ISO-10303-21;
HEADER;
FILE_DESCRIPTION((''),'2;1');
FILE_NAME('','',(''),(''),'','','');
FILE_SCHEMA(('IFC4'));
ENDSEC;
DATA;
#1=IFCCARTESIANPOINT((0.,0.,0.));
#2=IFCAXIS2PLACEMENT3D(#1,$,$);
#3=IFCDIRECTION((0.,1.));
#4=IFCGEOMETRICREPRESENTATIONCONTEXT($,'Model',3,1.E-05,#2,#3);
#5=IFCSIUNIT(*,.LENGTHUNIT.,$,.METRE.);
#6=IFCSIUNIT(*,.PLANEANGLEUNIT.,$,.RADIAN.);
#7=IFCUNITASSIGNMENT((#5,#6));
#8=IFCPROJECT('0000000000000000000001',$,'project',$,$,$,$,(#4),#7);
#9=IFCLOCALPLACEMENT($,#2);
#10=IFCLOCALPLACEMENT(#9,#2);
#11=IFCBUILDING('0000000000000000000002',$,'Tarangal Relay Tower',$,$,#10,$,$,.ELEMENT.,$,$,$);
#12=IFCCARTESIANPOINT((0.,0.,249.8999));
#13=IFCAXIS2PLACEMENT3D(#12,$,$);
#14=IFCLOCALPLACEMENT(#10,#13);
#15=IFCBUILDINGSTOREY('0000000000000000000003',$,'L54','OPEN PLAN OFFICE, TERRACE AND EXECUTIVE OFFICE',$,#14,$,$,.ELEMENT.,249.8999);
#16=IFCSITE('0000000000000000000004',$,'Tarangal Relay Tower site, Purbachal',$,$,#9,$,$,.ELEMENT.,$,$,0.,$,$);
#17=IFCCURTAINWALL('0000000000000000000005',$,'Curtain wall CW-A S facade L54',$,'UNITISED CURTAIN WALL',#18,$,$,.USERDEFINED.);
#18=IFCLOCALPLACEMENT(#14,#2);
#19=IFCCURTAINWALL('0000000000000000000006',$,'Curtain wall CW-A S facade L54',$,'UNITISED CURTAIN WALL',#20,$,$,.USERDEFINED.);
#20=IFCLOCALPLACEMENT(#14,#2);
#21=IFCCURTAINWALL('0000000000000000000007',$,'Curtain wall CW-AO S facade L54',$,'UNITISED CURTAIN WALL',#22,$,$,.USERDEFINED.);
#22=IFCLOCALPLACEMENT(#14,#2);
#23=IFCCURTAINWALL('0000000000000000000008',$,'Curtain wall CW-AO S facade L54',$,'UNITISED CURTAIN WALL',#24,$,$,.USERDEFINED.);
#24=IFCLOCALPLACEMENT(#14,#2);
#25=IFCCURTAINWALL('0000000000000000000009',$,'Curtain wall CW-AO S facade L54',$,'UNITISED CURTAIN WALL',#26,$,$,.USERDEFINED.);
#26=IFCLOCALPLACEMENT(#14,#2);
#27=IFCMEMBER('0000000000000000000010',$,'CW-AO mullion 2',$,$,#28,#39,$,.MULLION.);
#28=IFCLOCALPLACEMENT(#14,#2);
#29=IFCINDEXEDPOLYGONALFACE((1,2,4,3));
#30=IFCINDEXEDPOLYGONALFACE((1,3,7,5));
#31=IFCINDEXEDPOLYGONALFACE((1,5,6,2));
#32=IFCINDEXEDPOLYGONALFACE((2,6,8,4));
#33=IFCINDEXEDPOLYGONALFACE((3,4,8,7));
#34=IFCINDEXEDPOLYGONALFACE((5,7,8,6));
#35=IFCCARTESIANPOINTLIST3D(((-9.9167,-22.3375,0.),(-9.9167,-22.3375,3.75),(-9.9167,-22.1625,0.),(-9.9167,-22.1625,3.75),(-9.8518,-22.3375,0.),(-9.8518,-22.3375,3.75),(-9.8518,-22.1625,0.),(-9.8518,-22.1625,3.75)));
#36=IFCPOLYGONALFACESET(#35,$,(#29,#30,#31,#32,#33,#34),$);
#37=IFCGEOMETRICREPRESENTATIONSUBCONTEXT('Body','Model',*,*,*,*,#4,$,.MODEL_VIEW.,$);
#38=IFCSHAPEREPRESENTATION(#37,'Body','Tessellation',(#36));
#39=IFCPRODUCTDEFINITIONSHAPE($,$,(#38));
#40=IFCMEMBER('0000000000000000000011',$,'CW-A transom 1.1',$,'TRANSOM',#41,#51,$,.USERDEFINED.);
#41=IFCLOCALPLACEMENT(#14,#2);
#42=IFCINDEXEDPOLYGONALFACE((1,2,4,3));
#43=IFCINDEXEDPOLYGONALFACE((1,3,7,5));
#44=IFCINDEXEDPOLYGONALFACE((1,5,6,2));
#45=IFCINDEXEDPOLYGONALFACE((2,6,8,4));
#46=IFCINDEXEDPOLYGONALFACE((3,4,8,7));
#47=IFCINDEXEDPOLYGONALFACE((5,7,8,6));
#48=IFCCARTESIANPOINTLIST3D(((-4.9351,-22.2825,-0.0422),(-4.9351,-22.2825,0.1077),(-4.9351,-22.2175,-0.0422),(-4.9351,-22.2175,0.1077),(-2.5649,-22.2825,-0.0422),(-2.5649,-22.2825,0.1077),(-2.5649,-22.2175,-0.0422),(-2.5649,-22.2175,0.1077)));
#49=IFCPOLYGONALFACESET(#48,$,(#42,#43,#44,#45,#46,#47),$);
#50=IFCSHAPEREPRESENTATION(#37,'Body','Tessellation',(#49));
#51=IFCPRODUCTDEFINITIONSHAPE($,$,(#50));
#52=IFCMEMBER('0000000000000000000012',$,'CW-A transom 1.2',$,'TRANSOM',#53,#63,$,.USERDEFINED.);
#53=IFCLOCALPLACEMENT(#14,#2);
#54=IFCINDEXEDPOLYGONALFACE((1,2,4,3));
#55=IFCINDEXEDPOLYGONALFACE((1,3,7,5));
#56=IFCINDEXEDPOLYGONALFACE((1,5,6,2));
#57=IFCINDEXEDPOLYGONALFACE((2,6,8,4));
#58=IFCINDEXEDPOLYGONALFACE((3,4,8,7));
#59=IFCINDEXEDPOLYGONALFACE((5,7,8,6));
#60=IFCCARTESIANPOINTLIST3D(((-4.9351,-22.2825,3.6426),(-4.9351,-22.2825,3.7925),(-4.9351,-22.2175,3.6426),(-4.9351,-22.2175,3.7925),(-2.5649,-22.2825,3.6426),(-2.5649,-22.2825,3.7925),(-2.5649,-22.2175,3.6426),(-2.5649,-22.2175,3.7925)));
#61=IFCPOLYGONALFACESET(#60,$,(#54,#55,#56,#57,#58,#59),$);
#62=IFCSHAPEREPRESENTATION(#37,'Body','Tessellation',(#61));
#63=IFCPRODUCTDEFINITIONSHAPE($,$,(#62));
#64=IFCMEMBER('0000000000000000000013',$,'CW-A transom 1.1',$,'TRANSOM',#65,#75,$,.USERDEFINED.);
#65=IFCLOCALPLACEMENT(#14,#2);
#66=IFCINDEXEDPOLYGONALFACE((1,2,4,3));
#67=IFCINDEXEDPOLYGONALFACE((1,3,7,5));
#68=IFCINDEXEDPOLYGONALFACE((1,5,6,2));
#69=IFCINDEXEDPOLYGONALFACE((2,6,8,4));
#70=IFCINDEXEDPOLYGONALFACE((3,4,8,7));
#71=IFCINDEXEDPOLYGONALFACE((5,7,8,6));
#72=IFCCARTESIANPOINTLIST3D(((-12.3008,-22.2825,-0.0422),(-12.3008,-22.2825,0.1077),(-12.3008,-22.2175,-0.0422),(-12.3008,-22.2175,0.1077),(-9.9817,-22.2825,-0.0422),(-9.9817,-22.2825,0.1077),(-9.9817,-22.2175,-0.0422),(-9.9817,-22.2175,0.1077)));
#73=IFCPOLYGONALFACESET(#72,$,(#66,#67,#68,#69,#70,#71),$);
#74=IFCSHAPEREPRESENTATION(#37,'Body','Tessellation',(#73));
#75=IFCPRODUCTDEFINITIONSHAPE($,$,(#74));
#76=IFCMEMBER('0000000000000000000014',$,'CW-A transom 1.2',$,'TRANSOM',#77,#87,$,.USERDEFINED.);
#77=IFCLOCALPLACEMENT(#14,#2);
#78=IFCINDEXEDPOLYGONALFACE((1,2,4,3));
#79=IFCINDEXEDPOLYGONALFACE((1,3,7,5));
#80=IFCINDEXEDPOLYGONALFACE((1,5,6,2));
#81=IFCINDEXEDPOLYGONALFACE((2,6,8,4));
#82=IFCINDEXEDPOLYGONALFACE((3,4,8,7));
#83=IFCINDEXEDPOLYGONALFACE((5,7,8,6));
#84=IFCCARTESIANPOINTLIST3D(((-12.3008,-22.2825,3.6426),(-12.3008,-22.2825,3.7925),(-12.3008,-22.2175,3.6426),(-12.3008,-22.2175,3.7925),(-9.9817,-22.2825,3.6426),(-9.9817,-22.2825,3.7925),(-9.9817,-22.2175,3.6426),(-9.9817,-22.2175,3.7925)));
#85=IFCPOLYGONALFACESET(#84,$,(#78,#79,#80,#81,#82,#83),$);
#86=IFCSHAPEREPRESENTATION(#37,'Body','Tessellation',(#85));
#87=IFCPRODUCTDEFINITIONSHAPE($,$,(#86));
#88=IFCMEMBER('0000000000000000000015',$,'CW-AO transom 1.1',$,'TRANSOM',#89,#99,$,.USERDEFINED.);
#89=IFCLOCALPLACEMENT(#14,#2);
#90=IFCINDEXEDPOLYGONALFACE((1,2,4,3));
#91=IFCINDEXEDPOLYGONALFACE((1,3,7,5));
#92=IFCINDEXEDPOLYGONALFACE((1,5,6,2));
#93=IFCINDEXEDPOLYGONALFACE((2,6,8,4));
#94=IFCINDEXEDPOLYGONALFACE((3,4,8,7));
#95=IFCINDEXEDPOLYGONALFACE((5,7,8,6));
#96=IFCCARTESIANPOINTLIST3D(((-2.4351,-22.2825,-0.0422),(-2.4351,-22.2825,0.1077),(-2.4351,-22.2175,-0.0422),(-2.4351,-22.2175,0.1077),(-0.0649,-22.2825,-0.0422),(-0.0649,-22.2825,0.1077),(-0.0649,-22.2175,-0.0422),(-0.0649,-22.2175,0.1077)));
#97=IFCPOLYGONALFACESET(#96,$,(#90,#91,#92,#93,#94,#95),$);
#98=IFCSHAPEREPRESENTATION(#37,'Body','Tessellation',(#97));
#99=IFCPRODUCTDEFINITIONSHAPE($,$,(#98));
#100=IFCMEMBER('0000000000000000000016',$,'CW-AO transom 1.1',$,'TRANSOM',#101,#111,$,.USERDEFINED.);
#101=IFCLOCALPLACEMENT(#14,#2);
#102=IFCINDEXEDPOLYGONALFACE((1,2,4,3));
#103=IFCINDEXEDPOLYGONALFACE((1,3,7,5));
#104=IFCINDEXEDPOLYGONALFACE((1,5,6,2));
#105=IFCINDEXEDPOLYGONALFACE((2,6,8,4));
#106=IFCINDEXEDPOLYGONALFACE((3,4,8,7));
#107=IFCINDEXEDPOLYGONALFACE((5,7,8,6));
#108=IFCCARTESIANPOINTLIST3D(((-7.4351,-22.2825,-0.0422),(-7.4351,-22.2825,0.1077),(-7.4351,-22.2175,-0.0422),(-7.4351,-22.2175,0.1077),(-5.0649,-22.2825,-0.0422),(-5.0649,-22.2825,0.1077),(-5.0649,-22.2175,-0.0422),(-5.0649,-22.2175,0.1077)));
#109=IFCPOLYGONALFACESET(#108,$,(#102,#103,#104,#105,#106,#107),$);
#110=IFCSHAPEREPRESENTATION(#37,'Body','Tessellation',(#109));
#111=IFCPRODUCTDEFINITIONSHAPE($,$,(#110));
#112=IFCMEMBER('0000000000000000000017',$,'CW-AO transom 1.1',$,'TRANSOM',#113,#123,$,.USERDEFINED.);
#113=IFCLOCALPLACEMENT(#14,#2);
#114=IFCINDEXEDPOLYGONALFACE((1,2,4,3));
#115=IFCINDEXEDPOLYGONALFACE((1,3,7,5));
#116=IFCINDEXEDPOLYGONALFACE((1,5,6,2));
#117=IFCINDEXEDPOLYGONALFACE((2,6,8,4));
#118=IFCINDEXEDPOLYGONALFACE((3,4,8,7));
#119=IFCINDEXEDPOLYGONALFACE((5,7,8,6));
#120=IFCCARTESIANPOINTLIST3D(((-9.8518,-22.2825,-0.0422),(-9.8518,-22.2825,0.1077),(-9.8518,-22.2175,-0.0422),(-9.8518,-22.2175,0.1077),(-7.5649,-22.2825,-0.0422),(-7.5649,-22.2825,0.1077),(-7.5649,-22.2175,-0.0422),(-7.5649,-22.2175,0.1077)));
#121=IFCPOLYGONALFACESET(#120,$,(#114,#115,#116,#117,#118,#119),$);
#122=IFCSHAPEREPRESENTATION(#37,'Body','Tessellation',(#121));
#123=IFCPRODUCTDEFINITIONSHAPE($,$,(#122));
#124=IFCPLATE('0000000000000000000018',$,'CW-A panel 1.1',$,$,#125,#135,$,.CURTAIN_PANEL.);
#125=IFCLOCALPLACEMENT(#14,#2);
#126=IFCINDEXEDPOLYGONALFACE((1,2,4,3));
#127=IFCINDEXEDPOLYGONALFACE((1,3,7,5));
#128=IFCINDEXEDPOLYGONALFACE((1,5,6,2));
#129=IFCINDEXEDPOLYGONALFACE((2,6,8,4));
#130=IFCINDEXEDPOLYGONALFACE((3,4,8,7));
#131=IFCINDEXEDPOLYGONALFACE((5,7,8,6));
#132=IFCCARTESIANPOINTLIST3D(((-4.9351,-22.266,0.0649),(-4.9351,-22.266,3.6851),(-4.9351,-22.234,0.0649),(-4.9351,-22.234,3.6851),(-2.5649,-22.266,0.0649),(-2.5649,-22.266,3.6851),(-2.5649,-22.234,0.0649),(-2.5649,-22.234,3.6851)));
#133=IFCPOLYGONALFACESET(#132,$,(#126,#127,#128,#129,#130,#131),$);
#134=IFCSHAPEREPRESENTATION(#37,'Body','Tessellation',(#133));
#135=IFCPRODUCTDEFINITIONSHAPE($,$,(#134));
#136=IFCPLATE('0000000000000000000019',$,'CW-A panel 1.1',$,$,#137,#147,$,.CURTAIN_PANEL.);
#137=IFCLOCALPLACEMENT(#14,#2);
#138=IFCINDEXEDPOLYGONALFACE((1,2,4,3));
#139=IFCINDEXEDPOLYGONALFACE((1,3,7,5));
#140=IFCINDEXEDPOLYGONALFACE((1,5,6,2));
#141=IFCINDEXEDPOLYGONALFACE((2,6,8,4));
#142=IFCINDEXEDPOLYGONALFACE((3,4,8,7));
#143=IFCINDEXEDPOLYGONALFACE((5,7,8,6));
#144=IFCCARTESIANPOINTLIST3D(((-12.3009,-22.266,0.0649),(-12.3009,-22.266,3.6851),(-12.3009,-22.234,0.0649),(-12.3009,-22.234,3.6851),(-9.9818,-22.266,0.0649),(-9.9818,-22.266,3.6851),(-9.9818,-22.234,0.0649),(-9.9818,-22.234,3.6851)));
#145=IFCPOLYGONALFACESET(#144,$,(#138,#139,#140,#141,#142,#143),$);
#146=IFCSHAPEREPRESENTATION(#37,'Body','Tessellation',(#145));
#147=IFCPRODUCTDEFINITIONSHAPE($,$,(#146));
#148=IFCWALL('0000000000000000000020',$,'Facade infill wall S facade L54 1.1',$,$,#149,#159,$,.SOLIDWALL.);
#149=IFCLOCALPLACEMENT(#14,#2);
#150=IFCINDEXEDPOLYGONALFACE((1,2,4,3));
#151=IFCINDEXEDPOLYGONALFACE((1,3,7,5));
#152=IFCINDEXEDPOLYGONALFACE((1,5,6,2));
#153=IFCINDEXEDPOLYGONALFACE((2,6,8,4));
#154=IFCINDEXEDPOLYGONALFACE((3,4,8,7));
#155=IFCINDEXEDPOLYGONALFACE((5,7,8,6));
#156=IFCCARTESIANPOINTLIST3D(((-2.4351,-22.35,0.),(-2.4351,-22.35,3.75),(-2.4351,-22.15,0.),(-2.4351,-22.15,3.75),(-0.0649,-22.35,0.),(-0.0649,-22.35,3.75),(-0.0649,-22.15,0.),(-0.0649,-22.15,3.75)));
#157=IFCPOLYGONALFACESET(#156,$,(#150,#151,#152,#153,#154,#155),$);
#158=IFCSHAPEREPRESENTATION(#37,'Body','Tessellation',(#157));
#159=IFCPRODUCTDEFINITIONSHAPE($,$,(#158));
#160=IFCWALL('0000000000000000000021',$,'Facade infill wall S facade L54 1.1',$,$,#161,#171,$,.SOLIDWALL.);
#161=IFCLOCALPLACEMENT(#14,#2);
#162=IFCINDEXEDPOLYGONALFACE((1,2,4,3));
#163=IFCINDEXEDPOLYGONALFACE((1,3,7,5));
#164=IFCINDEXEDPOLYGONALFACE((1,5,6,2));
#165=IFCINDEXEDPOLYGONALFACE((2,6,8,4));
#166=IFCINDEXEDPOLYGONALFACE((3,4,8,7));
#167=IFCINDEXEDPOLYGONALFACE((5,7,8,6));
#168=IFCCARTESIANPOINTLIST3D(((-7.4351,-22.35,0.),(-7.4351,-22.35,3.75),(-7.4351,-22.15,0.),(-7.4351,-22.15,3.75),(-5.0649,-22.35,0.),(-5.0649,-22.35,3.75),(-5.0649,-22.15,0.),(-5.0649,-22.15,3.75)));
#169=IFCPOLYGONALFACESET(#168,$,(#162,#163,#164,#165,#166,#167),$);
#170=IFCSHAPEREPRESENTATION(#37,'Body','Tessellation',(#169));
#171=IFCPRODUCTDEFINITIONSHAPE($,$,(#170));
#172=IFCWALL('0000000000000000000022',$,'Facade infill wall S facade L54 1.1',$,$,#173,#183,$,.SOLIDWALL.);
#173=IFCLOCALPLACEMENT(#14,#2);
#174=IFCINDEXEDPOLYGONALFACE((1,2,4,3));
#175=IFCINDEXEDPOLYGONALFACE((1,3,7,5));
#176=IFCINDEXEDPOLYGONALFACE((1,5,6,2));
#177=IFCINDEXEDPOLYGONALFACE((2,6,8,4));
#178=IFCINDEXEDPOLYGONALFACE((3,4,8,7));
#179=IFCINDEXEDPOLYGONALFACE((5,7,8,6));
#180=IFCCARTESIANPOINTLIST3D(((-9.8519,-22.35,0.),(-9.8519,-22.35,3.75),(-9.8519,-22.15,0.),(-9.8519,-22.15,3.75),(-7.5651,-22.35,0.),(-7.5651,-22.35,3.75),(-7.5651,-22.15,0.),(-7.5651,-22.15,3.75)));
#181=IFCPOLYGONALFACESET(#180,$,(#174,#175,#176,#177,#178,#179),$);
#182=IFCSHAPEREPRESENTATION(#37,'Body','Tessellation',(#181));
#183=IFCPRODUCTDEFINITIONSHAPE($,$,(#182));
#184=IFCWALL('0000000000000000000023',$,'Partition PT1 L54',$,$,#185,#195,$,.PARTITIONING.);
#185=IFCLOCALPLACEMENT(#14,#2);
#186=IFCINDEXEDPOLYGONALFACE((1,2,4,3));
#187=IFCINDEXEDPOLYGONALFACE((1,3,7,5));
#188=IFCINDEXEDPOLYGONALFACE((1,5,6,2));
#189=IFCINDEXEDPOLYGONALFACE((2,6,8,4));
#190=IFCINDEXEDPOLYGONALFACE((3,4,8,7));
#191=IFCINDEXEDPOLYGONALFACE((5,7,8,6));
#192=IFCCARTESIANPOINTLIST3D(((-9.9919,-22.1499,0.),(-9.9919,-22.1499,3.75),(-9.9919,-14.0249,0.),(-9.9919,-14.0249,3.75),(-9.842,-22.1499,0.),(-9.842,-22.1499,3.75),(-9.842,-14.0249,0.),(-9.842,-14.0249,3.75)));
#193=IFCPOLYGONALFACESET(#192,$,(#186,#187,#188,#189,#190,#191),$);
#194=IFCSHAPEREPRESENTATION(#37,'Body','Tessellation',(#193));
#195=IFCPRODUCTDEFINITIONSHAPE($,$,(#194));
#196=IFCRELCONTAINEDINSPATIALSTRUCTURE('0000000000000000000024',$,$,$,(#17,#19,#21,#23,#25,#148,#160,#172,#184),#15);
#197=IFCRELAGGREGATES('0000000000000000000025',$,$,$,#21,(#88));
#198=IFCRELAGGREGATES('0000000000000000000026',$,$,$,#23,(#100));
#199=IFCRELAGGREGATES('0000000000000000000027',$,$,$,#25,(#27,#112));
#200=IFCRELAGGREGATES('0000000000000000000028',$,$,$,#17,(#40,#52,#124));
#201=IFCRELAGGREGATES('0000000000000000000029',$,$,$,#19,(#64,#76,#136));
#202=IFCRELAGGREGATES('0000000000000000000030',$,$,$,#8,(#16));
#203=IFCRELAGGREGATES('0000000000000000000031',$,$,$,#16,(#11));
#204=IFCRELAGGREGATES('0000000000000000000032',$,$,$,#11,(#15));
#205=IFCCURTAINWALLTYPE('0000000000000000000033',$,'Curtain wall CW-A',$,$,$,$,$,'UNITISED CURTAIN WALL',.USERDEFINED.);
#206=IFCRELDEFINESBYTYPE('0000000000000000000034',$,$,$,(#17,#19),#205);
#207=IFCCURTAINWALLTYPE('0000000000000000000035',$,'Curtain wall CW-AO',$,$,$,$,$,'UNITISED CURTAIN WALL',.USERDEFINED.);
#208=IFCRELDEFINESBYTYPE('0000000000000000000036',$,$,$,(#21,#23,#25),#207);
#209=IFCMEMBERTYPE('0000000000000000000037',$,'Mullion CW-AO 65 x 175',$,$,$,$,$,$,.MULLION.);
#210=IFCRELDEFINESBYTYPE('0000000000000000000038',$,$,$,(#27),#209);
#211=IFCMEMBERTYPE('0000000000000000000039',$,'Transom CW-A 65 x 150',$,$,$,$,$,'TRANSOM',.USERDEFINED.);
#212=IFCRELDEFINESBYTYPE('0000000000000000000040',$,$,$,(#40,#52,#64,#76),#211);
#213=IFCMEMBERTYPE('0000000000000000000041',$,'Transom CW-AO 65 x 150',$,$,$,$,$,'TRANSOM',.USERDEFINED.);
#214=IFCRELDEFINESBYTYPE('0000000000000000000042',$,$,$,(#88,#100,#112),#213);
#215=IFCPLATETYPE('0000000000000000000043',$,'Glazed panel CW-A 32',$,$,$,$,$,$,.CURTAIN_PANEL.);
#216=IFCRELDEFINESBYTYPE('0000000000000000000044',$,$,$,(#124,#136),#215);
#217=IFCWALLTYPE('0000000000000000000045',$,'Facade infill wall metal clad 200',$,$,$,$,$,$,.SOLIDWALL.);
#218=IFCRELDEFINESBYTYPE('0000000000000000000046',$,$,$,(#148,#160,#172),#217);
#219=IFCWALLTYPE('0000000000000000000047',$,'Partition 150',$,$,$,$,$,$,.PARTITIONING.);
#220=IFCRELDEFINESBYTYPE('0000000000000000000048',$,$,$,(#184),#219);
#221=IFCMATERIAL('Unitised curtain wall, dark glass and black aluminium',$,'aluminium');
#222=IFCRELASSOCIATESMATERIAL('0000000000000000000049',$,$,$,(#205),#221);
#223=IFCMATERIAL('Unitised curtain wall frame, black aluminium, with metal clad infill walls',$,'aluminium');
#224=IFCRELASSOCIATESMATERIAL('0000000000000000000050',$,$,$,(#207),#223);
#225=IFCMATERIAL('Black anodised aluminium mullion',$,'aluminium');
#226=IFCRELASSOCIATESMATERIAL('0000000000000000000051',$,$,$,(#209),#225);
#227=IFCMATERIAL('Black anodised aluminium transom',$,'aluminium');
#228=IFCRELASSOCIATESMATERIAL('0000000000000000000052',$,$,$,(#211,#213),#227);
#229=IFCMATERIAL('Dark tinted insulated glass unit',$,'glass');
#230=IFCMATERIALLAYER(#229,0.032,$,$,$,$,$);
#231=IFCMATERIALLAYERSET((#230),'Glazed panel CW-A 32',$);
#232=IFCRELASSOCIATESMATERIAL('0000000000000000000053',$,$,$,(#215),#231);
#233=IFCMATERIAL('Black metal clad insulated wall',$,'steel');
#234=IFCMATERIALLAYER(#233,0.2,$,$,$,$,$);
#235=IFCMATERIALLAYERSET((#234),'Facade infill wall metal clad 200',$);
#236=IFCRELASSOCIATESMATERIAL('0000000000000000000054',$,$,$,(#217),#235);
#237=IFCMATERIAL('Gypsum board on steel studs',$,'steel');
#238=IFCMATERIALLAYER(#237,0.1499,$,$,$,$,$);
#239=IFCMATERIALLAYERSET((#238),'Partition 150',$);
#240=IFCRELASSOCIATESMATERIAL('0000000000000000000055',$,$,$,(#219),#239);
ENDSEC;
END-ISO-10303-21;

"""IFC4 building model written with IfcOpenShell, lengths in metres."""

from ifc_helpers import new_model, si_unit, direction, frame, frame_2d, origin, origin_2d, place, context, subcontext, project, spatial, rectangle, extrude, material, layer, layer_set, material_profile, profile_set, type_object, element, aggregate, save


model = new_model("IFC4")

# Units and contexts
model_context = context("Model", 3, precision=1e-05, world=origin(), true_north=direction((0.0, 1.0)))
body_context = subcontext(model_context, "Body", "Model", "MODEL_VIEW")
ifc_project = project(units=[si_unit("LENGTHUNIT", "METRE"), si_unit("PLANEANGLEUNIT", "RADIAN")], contexts=[model_context])

# Site, building, storey
site_placement = place(None, origin())
site = spatial("IfcSite", under=ifc_project, at=site_placement, Name="Tarangal Relay Tower site, Purbachal", CompositionType="ELEMENT", RefElevation=0.0)
building_placement = place(site_placement, origin())
building = spatial("IfcBuilding", under=site, at=building_placement, Name="Tarangal Relay Tower", CompositionType="ELEMENT")
storey_placement = place(building_placement, frame((0.0, 0.0, 249.8999)))
storey = spatial("IfcBuildingStorey", under=building, at=storey_placement, Name="L54", Description="OPEN PLAN OFFICE, TERRACE AND EXECUTIVE OFFICE", CompositionType="ELEMENT", Elevation=249.8999)

# Curtain wall
ifc_material_1 = material(Name="Unitised curtain wall, dark glass and black aluminium", Category="aluminium")
curtain_wall_type_1 = type_object("IfcCurtainWallType", Name="Curtain wall CW-A", ElementType="UNITISED CURTAIN WALL", PredefinedType="USERDEFINED", material=ifc_material_1)
curtain_wall_1_placement = place(storey_placement, origin())
curtain_wall_1 = element("IfcCurtainWall", 1, at=curtain_wall_1_placement, inside=storey, type_object=curtain_wall_type_1, Name="Curtain wall CW-A S facade L54", ObjectType="UNITISED CURTAIN WALL", PredefinedType="USERDEFINED")
ifc_material_2 = material(Name="Black anodised aluminium mullion", Category="aluminium")

# Curtain wall
curtain_wall_2_placement = place(storey_placement, origin())
curtain_wall_2 = element("IfcCurtainWall", 2, at=curtain_wall_2_placement, inside=storey, type_object=curtain_wall_type_1, Name="Curtain wall CW-A S facade L54", ObjectType="UNITISED CURTAIN WALL", PredefinedType="USERDEFINED")

# Curtain walls, member
ifc_material_3 = material(Name="Unitised curtain wall frame, black aluminium, with metal clad infill walls", Category="aluminium")
curtain_wall_type_2 = type_object("IfcCurtainWallType", Name="Curtain wall CW-AO", ElementType="UNITISED CURTAIN WALL", PredefinedType="USERDEFINED", material=ifc_material_3)
curtain_wall_3_placement = place(storey_placement, origin())
curtain_wall_3 = element("IfcCurtainWall", 3, at=curtain_wall_3_placement, inside=storey, type_object=curtain_wall_type_2, Name="Curtain wall CW-AO S facade L54", ObjectType="UNITISED CURTAIN WALL", PredefinedType="USERDEFINED")
ifc_material_profile_1 = material_profile(ifc_material_2, rectangle(XDim=0.175, YDim=0.0649, at=origin_2d()), Name="CW-AOM 65X175")
ifc_profile_set_1 = profile_set([ifc_material_profile_1], Name="Black anodised aluminium mullion")
member_type_1 = type_object("IfcMemberType", Name="Mullion CW-AO 65 x 175", PredefinedType="MULLION", material=ifc_profile_set_1)
curtain_wall_4_placement = place(storey_placement, origin())
curtain_wall_4 = element("IfcCurtainWall", 4, at=curtain_wall_4_placement, inside=storey, type_object=curtain_wall_type_2, Name="Curtain wall CW-AO S facade L54", ObjectType="UNITISED CURTAIN WALL", PredefinedType="USERDEFINED")
curtain_wall_5_placement = place(storey_placement, origin())
curtain_wall_5 = element("IfcCurtainWall", 5, at=curtain_wall_5_placement, inside=storey, type_object=curtain_wall_type_2, Name="Curtain wall CW-AO S facade L54", ObjectType="UNITISED CURTAIN WALL", PredefinedType="USERDEFINED")
member_1_placement = place(storey_placement, frame((-9.8843, -22.25, 0.0), z_axis=(0.0, 0.0, 1.0), x_axis=(0.0, -1.0, 0.0)))
member_1 = element("IfcMember", 6, at=member_1_placement, type_object=member_type_1, Name="CW-AO mullion 2", PredefinedType="MULLION", context=body_context, shape_type="SweptSolid", body=[
    extrude(rectangle(XDim=0.175, YDim=0.0649, at=origin_2d()), origin(), (0.0, 0.0, 1.0), 3.75),
])

# Members
ifc_material_4 = material(Name="Black anodised aluminium transom", Category="aluminium")
ifc_material_profile_2 = material_profile(ifc_material_4, rectangle(XDim=0.0649, YDim=0.1499, at=origin_2d()), Name="CW-AT 65X150")
ifc_profile_set_2 = profile_set([ifc_material_profile_2], Name="Black anodised aluminium transom")
member_type_2 = type_object("IfcMemberType", Name="Transom CW-A 65 x 150", ElementType="TRANSOM", PredefinedType="USERDEFINED", material=ifc_profile_set_2)
member_2_placement = place(storey_placement, frame((-2.5649, -22.25, 0.0327), z_axis=(-1.0, 0.0, 0.0), x_axis=(0.0, -1.0, 0.0)))
member_2 = element("IfcMember", 7, at=member_2_placement, type_object=member_type_2, Name="CW-A transom 1.1", ObjectType="TRANSOM", PredefinedType="USERDEFINED", context=body_context, shape_type="SweptSolid", body=[
    extrude(rectangle(XDim=0.0649, YDim=0.1499, at=origin_2d()), origin(), (0.0, 0.0, 1.0), 2.3701),
])
member_3_placement = place(storey_placement, frame((-2.5649, -22.25, 3.7175), z_axis=(-1.0, 0.0, 0.0), x_axis=(0.0, -1.0, 0.0)))
member_3 = element("IfcMember", 8, at=member_3_placement, type_object=member_type_2, Name="CW-A transom 1.2", ObjectType="TRANSOM", PredefinedType="USERDEFINED", context=body_context, shape_type="SweptSolid", body=[
    extrude(rectangle(XDim=0.0649, YDim=0.1499, at=origin_2d()), origin(), (0.0, 0.0, 1.0), 2.3701),
])
member_4_placement = place(storey_placement, frame((-9.9817, -22.25, 0.0327), z_axis=(-1.0, 0.0, 0.0), x_axis=(0.0, -1.0, 0.0)))
member_4 = element("IfcMember", 9, at=member_4_placement, type_object=member_type_2, Name="CW-A transom 1.1", ObjectType="TRANSOM", PredefinedType="USERDEFINED", context=body_context, shape_type="SweptSolid", body=[
    extrude(rectangle(XDim=0.0649, YDim=0.1499, at=origin_2d()), origin(), (0.0, 0.0, 1.0), 2.3191),
])
member_5_placement = place(storey_placement, frame((-9.9817, -22.25, 3.7175), z_axis=(-1.0, 0.0, 0.0), x_axis=(0.0, -1.0, 0.0)))
member_5 = element("IfcMember", 10, at=member_5_placement, type_object=member_type_2, Name="CW-A transom 1.2", ObjectType="TRANSOM", PredefinedType="USERDEFINED", context=body_context, shape_type="SweptSolid", body=[
    extrude(rectangle(XDim=0.0649, YDim=0.1499, at=origin_2d()), origin(), (0.0, 0.0, 1.0), 2.3191),
])
ifc_material_profile_3 = material_profile(ifc_material_4, rectangle(XDim=0.0649, YDim=0.1499, at=origin_2d()), Name="CW-AOT 65X150")
ifc_profile_set_3 = profile_set([ifc_material_profile_3], Name="Black anodised aluminium transom")
member_type_3 = type_object("IfcMemberType", Name="Transom CW-AO 65 x 150", ElementType="TRANSOM", PredefinedType="USERDEFINED", material=ifc_profile_set_3)
member_6_placement = place(storey_placement, frame((-0.0649, -22.25, 0.0327), z_axis=(-1.0, 0.0, 0.0), x_axis=(0.0, -1.0, 0.0)))
member_6 = element("IfcMember", 11, at=member_6_placement, type_object=member_type_3, Name="CW-AO transom 1.1", ObjectType="TRANSOM", PredefinedType="USERDEFINED", context=body_context, shape_type="SweptSolid", body=[
    extrude(rectangle(XDim=0.0649, YDim=0.1499, at=origin_2d()), origin(), (0.0, 0.0, 1.0), 2.3701),
])
aggregate(curtain_wall_3, [member_6])
member_7_placement = place(storey_placement, frame((-5.0649, -22.25, 0.0327), z_axis=(-1.0, 0.0, 0.0), x_axis=(0.0, -1.0, 0.0)))
member_7 = element("IfcMember", 12, at=member_7_placement, type_object=member_type_3, Name="CW-AO transom 1.1", ObjectType="TRANSOM", PredefinedType="USERDEFINED", context=body_context, shape_type="SweptSolid", body=[
    extrude(rectangle(XDim=0.0649, YDim=0.1499, at=origin_2d()), origin(), (0.0, 0.0, 1.0), 2.3701),
])
aggregate(curtain_wall_4, [member_7])
member_8_placement = place(storey_placement, frame((-7.5649, -22.25, 0.0327), z_axis=(-1.0, 0.0, 0.0), x_axis=(0.0, -1.0, 0.0)))
member_8 = element("IfcMember", 13, at=member_8_placement, type_object=member_type_3, Name="CW-AO transom 1.1", ObjectType="TRANSOM", PredefinedType="USERDEFINED", context=body_context, shape_type="SweptSolid", body=[
    extrude(rectangle(XDim=0.0649, YDim=0.1499, at=origin_2d()), origin(), (0.0, 0.0, 1.0), 2.2869),
])
aggregate(curtain_wall_5, [member_1, member_8])

# Plates
ifc_material_5 = material(Name="Dark tinted insulated glass unit", Category="glass")
ifc_layer_1 = layer(ifc_material_5, 0.032)
ifc_layer_set_1 = layer_set([ifc_layer_1], Name="Glazed panel CW-A 32")
plate_type = type_object("IfcPlateType", Name="Glazed panel CW-A 32", PredefinedType="CURTAIN_PANEL", material=ifc_layer_set_1)
plate_1_placement = place(storey_placement, frame((-3.75, -22.25, 0.0649), z_axis=(0.0, 0.0, 1.0), x_axis=(-1.0, 0.0, 0.0)))
plate_1 = element("IfcPlate", 14, at=plate_1_placement, type_object=plate_type, Name="CW-A panel 1.1", PredefinedType="CURTAIN_PANEL", context=body_context, shape_type="SweptSolid", body=[
    extrude(rectangle(XDim=2.3701, YDim=0.032, at=origin_2d()), origin(), (0.0, 0.0, 1.0), 3.6201),
])
aggregate(curtain_wall_1, [member_2, member_3, plate_1])
plate_2_placement = place(storey_placement, frame((-11.1414, -22.25, 0.0649), z_axis=(0.0, 0.0, 1.0), x_axis=(-1.0, 0.0, 0.0)))
plate_2 = element("IfcPlate", 15, at=plate_2_placement, type_object=plate_type, Name="CW-A panel 1.1", PredefinedType="CURTAIN_PANEL", context=body_context, shape_type="SweptSolid", body=[
    extrude(rectangle(XDim=2.3191, YDim=0.032, at=origin_2d()), origin(), (0.0, 0.0, 1.0), 3.6201),
])
aggregate(curtain_wall_2, [member_4, member_5, plate_2])

# Walls
ifc_material_6 = material(Name="Black metal clad insulated wall", Category="steel")
ifc_layer_2 = layer(ifc_material_6, 0.2)
ifc_layer_set_2 = layer_set([ifc_layer_2], Name="Facade infill wall metal clad 200")
wall_type_1 = type_object("IfcWallType", Name="Facade infill wall metal clad 200", PredefinedType="SOLIDWALL", material=ifc_layer_set_2)
for number, where, z_axis, x_axis, name in (
    (16, (-0.0649, -22.25, 0.0), (0.0, 0.0, 1.0), (-1.0, 0.0, 0.0), "Facade infill wall S facade L54 1.1"),
    (17, (-5.0649, -22.25, 0.0), (0.0, 0.0, 1.0), (-1.0, 0.0, 0.0), "Facade infill wall S facade L54 1.1"),
):
    element("IfcWall", number, at=place(storey_placement, frame(where, z_axis=z_axis, x_axis=x_axis)), inside=storey, type_object=wall_type_1, Name=name, PredefinedType="SOLIDWALL", context=body_context, shape_type="SweptSolid", body=[
        extrude(rectangle(XDim=2.3701, YDim=0.2, at=frame_2d((1.1851, 0.0))), origin(), (0.0, 0.0, 1.0), 3.75),
    ])
wall_1_placement = place(storey_placement, frame((-7.5649, -22.25, 0.0), z_axis=(0.0, 0.0, 1.0), x_axis=(-1.0, 0.0, 0.0)))
element("IfcWall", 18, at=wall_1_placement, inside=storey, type_object=wall_type_1, Name="Facade infill wall S facade L54 1.1", PredefinedType="SOLIDWALL", context=body_context, shape_type="SweptSolid", body=[
    extrude(rectangle(XDim=2.2869, YDim=0.2, at=frame_2d((1.1436, 0.0))), origin(), (0.0, 0.0, 1.0), 3.75),
])
ifc_material_7 = material(Name="Gypsum board on steel studs", Category="steel")
ifc_layer_3 = layer(ifc_material_7, 0.1499)
ifc_layer_set_3 = layer_set([ifc_layer_3], Name="Partition 150")
wall_type_2 = type_object("IfcWallType", Name="Partition 150", PredefinedType="PARTITIONING", material=ifc_layer_set_3)
wall_2_placement = place(storey_placement, frame((-9.917, -22.1499, 0.0), z_axis=(0.0, 0.0, 1.0), x_axis=(0.0, 1.0, 0.0)))
element("IfcWall", 19, at=wall_2_placement, inside=storey, type_object=wall_type_2, Name="Partition PT1 L54", PredefinedType="PARTITIONING", context=body_context, shape_type="SweptSolid", body=[
    extrude(rectangle(XDim=8.125, YDim=0.1499, at=frame_2d((4.0625, 0.0))), origin(), (0.0, 0.0, 1.0), 3.75),
])

save(model, "model.ifc")
